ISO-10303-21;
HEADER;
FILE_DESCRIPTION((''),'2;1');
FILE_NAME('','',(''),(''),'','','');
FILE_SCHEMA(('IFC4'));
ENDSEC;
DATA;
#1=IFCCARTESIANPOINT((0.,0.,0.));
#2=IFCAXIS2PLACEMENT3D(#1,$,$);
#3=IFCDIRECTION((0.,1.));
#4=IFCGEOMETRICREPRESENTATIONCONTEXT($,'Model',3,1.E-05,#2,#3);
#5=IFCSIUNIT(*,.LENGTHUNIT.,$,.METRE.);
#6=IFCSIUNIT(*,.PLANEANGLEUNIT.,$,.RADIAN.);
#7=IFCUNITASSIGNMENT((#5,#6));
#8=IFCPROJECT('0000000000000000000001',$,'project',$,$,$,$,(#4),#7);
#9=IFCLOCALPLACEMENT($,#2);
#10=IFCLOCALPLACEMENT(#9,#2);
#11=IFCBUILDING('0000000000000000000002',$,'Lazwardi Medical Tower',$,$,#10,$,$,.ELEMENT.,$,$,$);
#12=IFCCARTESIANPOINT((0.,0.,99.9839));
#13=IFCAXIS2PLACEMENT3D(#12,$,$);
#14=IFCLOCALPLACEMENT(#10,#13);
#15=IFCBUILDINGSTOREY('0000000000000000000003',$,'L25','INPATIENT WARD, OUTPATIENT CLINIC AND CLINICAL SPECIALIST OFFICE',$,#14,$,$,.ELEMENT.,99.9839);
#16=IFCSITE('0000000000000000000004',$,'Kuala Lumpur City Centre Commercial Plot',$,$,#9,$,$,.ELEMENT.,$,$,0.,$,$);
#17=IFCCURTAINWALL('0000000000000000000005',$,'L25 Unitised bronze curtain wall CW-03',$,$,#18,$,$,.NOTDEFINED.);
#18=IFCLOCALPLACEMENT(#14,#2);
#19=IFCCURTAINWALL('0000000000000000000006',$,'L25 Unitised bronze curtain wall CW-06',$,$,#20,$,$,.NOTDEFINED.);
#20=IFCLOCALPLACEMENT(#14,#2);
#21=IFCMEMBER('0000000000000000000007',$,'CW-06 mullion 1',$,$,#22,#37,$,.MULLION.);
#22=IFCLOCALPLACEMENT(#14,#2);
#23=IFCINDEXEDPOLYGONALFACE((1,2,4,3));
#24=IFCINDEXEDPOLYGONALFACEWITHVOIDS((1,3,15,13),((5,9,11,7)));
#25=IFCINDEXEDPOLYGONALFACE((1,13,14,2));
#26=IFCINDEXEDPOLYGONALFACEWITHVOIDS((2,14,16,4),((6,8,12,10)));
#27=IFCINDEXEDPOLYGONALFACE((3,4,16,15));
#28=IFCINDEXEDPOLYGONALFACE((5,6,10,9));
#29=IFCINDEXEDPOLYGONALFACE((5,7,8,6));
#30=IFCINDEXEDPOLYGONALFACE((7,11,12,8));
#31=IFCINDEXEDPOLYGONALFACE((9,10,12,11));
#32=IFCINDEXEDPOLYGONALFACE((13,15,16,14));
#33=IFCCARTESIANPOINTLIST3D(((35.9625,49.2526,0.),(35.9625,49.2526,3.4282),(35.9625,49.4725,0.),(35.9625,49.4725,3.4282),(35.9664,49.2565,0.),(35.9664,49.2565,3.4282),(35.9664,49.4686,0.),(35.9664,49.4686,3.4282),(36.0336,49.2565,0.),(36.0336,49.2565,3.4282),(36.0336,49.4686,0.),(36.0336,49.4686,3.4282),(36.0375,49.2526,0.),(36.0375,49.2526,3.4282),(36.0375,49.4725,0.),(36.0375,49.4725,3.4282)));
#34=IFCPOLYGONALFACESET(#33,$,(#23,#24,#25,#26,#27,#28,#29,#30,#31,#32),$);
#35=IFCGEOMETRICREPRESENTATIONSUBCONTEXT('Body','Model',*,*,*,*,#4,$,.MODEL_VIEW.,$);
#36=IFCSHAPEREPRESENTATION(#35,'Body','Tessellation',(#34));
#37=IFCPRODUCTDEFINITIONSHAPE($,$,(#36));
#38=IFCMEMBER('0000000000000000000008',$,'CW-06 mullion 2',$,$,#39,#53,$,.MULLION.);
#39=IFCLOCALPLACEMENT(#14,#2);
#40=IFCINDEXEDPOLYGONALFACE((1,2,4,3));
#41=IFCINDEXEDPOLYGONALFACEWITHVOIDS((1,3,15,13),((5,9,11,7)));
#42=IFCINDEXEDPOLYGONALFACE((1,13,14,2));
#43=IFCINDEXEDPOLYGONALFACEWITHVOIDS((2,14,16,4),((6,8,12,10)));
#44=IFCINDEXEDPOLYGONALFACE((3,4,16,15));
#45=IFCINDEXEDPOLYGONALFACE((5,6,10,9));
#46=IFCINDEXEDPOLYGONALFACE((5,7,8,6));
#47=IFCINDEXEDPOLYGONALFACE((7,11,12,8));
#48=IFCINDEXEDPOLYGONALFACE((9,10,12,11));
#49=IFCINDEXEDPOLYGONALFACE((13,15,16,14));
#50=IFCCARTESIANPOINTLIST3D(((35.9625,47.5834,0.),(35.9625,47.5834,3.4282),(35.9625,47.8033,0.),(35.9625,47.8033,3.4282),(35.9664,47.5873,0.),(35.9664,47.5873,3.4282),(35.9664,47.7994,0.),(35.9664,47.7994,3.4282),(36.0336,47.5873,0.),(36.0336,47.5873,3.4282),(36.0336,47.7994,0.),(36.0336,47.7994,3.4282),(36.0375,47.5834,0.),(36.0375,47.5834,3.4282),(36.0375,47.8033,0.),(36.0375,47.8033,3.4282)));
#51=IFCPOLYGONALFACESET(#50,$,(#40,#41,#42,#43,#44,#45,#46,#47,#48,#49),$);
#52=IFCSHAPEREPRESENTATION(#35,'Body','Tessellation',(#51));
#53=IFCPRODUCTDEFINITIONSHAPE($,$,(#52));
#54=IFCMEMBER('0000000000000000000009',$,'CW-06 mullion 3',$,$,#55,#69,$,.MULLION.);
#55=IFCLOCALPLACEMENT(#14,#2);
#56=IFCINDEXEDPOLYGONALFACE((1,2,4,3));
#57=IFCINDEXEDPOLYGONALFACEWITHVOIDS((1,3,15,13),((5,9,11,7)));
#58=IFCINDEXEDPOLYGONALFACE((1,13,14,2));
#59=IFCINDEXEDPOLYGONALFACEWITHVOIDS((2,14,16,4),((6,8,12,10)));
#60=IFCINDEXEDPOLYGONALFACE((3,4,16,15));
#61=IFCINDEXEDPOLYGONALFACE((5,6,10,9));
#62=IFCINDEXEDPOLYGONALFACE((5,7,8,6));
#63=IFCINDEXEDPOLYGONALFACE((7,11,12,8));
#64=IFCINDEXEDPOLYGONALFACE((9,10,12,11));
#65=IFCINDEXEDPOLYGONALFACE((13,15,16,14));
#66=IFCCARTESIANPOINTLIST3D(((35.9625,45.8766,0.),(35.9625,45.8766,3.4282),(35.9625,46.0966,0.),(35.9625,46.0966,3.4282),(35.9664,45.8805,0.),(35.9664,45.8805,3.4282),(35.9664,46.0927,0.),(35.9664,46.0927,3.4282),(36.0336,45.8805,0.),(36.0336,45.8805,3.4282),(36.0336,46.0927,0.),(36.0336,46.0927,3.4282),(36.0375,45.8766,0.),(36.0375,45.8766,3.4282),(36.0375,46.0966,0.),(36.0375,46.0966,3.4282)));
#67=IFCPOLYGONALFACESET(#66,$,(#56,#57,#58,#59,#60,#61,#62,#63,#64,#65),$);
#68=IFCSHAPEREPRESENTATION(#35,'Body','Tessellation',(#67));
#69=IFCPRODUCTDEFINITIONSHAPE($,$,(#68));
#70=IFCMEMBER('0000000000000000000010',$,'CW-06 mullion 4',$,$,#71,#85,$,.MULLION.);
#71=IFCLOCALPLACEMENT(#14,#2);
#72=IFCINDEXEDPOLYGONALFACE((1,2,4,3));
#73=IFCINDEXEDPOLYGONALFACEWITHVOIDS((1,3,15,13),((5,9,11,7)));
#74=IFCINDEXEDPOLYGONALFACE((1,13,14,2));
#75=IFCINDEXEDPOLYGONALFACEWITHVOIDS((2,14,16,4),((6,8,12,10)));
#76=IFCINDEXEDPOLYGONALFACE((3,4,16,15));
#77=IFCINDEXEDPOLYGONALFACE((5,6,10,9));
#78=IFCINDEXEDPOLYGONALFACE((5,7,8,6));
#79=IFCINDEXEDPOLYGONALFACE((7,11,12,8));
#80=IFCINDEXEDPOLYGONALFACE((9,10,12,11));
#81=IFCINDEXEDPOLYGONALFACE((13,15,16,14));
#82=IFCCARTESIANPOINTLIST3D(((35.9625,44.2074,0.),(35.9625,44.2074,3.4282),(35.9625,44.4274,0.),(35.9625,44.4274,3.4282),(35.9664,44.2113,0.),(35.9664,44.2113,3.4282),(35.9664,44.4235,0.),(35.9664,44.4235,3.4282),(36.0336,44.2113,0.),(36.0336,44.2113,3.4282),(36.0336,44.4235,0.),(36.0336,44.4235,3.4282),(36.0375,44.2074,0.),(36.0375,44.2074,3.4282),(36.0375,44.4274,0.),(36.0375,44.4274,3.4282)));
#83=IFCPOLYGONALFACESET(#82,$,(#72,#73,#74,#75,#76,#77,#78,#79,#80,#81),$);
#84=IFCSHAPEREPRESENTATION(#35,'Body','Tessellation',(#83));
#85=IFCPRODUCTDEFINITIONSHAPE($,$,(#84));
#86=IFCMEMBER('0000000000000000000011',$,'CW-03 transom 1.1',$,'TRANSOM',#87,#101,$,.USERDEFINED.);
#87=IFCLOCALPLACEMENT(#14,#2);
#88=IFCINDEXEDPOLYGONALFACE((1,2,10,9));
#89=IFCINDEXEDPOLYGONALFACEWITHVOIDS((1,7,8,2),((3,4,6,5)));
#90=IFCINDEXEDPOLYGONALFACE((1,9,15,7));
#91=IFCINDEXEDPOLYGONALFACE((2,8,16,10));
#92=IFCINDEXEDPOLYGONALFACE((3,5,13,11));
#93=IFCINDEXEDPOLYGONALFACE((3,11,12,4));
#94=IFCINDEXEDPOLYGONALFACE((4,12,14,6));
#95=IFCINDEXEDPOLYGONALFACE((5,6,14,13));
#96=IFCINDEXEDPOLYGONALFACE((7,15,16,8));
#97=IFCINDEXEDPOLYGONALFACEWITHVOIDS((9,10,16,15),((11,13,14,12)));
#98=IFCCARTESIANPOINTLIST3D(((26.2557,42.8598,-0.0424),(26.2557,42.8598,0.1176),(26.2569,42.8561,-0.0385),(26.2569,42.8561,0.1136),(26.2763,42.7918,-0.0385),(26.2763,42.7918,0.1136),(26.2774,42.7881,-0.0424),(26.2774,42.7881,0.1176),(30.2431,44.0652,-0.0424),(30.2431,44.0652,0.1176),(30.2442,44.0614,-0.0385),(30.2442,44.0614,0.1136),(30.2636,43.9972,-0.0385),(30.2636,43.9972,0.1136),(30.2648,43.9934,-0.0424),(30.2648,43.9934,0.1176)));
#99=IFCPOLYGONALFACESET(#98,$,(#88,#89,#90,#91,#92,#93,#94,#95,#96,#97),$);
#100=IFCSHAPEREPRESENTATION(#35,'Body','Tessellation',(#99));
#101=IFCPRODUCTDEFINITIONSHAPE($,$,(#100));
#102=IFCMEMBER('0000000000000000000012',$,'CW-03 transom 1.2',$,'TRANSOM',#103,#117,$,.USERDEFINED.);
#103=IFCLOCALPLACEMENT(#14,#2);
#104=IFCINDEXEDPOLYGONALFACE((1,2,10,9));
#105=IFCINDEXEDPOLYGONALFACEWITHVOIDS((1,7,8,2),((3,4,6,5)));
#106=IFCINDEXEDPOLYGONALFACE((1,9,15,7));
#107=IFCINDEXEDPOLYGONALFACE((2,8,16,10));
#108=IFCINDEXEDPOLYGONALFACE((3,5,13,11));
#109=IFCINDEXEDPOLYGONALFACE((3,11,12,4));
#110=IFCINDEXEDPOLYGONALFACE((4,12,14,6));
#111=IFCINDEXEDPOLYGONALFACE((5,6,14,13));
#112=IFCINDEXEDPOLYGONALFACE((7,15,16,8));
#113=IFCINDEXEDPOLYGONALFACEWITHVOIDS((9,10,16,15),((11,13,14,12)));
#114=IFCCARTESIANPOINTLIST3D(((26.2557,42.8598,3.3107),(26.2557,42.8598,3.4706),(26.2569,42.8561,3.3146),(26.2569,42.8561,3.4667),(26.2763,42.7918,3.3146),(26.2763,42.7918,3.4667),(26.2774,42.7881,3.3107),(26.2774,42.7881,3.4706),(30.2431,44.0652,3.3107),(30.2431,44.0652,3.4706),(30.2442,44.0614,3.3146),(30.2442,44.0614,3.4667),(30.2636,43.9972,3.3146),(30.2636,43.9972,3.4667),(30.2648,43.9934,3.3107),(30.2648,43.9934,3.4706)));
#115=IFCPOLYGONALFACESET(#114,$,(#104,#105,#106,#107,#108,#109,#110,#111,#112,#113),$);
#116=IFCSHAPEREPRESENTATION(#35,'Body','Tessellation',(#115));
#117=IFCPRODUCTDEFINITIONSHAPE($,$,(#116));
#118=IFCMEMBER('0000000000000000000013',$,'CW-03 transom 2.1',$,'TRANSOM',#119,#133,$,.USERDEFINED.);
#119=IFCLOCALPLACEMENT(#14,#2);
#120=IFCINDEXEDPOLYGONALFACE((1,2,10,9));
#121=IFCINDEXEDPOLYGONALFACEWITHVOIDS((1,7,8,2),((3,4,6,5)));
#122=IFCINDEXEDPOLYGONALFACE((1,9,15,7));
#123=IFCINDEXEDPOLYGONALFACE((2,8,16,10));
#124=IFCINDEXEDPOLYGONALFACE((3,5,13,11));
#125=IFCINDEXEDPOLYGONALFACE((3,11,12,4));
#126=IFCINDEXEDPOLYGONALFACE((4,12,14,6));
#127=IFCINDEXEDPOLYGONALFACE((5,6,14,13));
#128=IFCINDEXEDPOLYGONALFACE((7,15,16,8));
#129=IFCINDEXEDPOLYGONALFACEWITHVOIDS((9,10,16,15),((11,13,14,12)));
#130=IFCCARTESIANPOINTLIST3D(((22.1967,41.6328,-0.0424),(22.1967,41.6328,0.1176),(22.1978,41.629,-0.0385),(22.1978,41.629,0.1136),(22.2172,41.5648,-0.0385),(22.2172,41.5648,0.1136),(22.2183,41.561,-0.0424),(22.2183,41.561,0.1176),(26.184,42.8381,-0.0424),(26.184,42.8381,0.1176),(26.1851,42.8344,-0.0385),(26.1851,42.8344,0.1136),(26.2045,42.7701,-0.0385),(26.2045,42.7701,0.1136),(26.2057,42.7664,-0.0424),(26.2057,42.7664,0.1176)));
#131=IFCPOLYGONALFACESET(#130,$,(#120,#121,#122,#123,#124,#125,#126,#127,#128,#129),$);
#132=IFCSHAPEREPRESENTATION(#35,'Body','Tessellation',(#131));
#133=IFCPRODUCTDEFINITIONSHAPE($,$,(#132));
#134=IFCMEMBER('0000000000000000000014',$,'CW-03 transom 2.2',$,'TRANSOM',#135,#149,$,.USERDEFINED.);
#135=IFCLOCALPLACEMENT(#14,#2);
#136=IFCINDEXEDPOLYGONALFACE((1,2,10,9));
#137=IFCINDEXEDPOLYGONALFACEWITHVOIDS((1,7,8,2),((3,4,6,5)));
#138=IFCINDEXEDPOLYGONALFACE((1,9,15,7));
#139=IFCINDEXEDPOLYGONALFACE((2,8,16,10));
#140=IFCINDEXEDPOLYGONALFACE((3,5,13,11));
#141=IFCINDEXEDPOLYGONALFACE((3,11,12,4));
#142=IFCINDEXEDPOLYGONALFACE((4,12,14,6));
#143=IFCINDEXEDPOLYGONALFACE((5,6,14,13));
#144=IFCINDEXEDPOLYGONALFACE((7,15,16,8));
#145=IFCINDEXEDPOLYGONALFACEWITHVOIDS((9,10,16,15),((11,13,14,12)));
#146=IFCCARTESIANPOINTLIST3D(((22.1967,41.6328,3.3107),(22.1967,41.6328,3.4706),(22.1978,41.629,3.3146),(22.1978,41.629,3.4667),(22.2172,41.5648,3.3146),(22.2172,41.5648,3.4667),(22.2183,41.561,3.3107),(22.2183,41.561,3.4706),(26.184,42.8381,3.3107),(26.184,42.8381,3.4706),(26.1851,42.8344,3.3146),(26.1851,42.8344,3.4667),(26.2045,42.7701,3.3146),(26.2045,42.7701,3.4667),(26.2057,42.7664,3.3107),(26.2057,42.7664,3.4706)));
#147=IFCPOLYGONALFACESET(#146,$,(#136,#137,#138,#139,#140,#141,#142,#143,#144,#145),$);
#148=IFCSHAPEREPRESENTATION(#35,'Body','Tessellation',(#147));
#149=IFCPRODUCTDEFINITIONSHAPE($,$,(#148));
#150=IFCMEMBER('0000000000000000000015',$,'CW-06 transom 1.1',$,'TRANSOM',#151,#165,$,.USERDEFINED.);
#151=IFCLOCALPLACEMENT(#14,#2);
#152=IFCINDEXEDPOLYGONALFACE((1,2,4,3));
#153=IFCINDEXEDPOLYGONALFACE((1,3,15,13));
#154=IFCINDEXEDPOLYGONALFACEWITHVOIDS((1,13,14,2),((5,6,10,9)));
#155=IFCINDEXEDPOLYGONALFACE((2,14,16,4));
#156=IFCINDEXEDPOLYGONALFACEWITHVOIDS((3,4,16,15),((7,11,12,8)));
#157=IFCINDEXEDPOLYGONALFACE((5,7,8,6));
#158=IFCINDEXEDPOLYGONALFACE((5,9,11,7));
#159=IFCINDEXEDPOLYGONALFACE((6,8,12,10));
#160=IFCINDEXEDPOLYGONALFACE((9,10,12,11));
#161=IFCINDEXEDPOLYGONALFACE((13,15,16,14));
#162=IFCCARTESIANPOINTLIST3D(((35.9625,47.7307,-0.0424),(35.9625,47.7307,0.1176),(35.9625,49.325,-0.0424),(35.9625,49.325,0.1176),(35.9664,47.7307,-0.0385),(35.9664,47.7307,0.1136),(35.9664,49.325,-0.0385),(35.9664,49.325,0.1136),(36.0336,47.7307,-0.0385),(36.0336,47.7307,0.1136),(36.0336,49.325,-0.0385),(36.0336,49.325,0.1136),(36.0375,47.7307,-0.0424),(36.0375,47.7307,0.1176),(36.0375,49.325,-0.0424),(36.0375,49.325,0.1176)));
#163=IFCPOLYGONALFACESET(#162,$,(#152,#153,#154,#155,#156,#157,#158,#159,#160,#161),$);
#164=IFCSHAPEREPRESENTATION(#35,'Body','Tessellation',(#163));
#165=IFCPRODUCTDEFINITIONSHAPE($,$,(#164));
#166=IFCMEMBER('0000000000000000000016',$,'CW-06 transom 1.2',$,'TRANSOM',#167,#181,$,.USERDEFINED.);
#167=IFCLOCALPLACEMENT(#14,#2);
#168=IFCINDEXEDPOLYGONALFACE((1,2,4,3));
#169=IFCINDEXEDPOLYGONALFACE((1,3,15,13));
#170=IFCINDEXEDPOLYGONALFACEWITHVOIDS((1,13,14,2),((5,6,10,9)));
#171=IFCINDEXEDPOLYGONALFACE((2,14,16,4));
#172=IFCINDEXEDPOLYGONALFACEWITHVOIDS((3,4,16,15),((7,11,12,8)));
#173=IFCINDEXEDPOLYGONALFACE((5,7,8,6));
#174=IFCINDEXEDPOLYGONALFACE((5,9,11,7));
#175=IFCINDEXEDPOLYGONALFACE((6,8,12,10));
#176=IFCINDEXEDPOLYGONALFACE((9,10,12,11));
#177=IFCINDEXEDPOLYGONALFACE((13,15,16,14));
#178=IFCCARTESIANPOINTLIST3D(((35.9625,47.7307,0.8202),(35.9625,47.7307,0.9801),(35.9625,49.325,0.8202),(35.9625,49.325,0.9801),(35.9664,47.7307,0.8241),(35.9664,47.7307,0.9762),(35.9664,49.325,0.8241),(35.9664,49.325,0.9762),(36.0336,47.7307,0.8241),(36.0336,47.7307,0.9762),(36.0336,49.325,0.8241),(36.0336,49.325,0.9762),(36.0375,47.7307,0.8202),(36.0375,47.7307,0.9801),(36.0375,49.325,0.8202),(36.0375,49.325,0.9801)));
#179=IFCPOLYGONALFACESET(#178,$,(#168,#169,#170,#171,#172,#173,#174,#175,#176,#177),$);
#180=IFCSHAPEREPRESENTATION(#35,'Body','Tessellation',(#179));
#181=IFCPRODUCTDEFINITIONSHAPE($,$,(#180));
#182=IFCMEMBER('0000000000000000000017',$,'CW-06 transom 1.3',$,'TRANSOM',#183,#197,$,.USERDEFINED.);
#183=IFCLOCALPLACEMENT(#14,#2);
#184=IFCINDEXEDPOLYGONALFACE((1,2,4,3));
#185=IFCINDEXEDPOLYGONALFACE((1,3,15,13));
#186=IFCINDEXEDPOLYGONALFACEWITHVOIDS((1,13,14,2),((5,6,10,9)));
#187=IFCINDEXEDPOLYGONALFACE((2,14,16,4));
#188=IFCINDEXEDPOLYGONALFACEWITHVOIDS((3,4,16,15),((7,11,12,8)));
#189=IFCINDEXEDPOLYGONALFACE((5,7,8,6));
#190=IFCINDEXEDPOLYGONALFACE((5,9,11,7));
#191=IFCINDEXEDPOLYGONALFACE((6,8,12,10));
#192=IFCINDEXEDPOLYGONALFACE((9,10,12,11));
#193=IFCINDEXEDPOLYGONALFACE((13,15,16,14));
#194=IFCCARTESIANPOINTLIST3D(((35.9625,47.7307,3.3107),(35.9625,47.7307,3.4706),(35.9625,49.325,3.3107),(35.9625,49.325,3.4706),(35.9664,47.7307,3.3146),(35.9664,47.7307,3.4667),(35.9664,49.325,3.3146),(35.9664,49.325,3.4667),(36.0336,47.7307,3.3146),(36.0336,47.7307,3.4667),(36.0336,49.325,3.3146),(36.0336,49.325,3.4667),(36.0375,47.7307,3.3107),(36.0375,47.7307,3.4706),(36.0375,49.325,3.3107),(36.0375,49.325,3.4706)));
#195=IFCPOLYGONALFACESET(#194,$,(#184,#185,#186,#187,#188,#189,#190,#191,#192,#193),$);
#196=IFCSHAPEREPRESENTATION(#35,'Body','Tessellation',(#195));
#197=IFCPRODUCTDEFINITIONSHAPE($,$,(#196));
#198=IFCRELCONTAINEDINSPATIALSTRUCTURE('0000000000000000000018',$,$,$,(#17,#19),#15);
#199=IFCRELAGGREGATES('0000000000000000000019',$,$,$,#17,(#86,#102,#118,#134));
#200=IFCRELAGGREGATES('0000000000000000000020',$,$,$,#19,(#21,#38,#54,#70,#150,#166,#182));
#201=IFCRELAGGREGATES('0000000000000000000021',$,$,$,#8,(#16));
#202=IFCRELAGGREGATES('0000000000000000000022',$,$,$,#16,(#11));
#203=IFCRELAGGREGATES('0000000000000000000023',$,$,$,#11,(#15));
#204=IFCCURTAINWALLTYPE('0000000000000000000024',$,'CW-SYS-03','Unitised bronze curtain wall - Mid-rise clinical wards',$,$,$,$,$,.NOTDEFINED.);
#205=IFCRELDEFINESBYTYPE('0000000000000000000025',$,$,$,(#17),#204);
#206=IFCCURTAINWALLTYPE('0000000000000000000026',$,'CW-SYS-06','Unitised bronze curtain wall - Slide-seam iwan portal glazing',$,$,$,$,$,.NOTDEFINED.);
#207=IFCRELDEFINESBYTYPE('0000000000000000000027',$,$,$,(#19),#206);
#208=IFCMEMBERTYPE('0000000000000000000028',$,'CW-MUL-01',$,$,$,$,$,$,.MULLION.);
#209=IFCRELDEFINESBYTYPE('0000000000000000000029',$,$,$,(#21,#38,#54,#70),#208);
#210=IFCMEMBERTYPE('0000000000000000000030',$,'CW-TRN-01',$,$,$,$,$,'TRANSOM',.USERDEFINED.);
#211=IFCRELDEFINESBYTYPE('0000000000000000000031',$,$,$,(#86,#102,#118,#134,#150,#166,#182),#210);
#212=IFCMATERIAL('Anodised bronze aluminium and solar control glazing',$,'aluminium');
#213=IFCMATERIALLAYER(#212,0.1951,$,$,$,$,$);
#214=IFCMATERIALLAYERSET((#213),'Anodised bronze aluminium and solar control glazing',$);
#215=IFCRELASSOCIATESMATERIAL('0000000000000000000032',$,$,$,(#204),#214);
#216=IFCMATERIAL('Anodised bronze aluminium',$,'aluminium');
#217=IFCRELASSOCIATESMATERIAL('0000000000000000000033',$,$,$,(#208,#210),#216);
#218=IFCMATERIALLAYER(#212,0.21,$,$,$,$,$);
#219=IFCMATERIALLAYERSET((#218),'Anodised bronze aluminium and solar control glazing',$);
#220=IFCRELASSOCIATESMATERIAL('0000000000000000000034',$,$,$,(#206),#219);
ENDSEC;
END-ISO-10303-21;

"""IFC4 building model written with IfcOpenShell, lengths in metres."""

from ifc_helpers import new_model, si_unit, direction, frame, origin, origin_2d, place, context, subcontext, project, spatial, hollow_rectangle, extrude, material, layer, layer_set, material_profile, profile_set, type_object, element, aggregate, save


model = new_model("IFC4")

# Units and contexts
model_context = context("Model", 3, precision=1e-05, world=origin(), true_north=direction((0.0, 1.0)))
body_context = subcontext(model_context, "Body", "Model", "MODEL_VIEW")
ifc_project = project(units=[si_unit("LENGTHUNIT", "METRE"), si_unit("PLANEANGLEUNIT", "RADIAN")], contexts=[model_context])

# Site, building, storey
site_placement = place(None, origin())
site = spatial("IfcSite", under=ifc_project, at=site_placement, Name="Kuala Lumpur City Centre Commercial Plot", CompositionType="ELEMENT", RefElevation=0.0)
building_placement = place(site_placement, origin())
building = spatial("IfcBuilding", under=site, at=building_placement, Name="Lazwardi Medical Tower", CompositionType="ELEMENT")
storey_placement = place(building_placement, frame((0.0, 0.0, 99.9839)))
storey = spatial("IfcBuildingStorey", under=building, at=storey_placement, Name="L25", Description="INPATIENT WARD, OUTPATIENT CLINIC AND CLINICAL SPECIALIST OFFICE", CompositionType="ELEMENT", Elevation=99.9839)

# Curtain walls, members
ifc_material_1 = material(Name="Anodised bronze aluminium and solar control glazing", Category="aluminium")
ifc_layer_1 = layer(ifc_material_1, 0.1951)
ifc_layer_set_1 = layer_set([ifc_layer_1], Name="Anodised bronze aluminium and solar control glazing")
curtain_wall_type_1 = type_object("IfcCurtainWallType", Name="CW-SYS-03", Description="Unitised bronze curtain wall - Mid-rise clinical wards", PredefinedType="NOTDEFINED", material=ifc_layer_set_1)
curtain_wall_1_placement = place(storey_placement, origin())
curtain_wall_1 = element("IfcCurtainWall", 1, at=curtain_wall_1_placement, inside=storey, type_object=curtain_wall_type_1, Name="L25 Unitised bronze curtain wall CW-03", PredefinedType="NOTDEFINED")
ifc_material_2 = material(Name="Anodised bronze aluminium", Category="aluminium")
ifc_material_profile_1 = material_profile(ifc_material_2, hollow_rectangle(XDim=0.075, YDim=0.22, WallThickness=0.0039, at=origin_2d()), Name="ALU-MULLION 220x75x4")
ifc_profile_set_1 = profile_set([ifc_material_profile_1], Name="Anodised bronze aluminium")
member_type_1 = type_object("IfcMemberType", Name="CW-MUL-01", PredefinedType="MULLION", material=ifc_profile_set_1)
ifc_layer_2 = layer(ifc_material_1, 0.21)
ifc_layer_set_2 = layer_set([ifc_layer_2], Name="Anodised bronze aluminium and solar control glazing")
curtain_wall_type_2 = type_object("IfcCurtainWallType", Name="CW-SYS-06", Description="Unitised bronze curtain wall - Slide-seam iwan portal glazing", PredefinedType="NOTDEFINED", material=ifc_layer_set_2)
curtain_wall_2_placement = place(storey_placement, origin())
curtain_wall_2 = element("IfcCurtainWall", 2, at=curtain_wall_2_placement, inside=storey, type_object=curtain_wall_type_2, Name="L25 Unitised bronze curtain wall CW-06", PredefinedType="NOTDEFINED")
member_1_placement = place(storey_placement, frame((36.0, 49.3625, 0.0), z_axis=(0.0, 0.0, 1.0), x_axis=(1.0, 0.0, 0.0)))
member_1 = element("IfcMember", 3, at=member_1_placement, type_object=member_type_1, Name="CW-06 mullion 1", PredefinedType="MULLION", context=body_context, shape_type="SweptSolid", body=[
    extrude(hollow_rectangle(XDim=0.075, YDim=0.22, WallThickness=0.0039, at=origin_2d()), origin(), (0.0, 0.0, 1.0), 3.4282),
])
member_2_placement = place(storey_placement, frame((36.0, 47.6934, 0.0), z_axis=(0.0, 0.0, 1.0), x_axis=(1.0, 0.0, 0.0)))
member_2 = element("IfcMember", 4, at=member_2_placement, type_object=member_type_1, Name="CW-06 mullion 2", PredefinedType="MULLION", context=body_context, shape_type="SweptSolid", body=[
    extrude(hollow_rectangle(XDim=0.075, YDim=0.22, WallThickness=0.0039, at=origin_2d()), origin(), (0.0, 0.0, 1.0), 3.4282),
])
member_3_placement = place(storey_placement, frame((36.0, 45.9866, 0.0), z_axis=(0.0, 0.0, 1.0), x_axis=(1.0, 0.0, 0.0)))
member_3 = element("IfcMember", 5, at=member_3_placement, type_object=member_type_1, Name="CW-06 mullion 3", PredefinedType="MULLION", context=body_context, shape_type="SweptSolid", body=[
    extrude(hollow_rectangle(XDim=0.075, YDim=0.22, WallThickness=0.0039, at=origin_2d()), origin(), (0.0, 0.0, 1.0), 3.4282),
])
member_4_placement = place(storey_placement, frame((36.0, 44.3174, 0.0), z_axis=(0.0, 0.0, 1.0), x_axis=(1.0, 0.0, 0.0)))
member_4 = element("IfcMember", 6, at=member_4_placement, type_object=member_type_1, Name="CW-06 mullion 4", PredefinedType="MULLION", context=body_context, shape_type="SweptSolid", body=[
    extrude(hollow_rectangle(XDim=0.075, YDim=0.22, WallThickness=0.0039, at=origin_2d()), origin(), (0.0, 0.0, 1.0), 3.4282),
])

# Members
ifc_material_profile_2 = material_profile(ifc_material_2, hollow_rectangle(XDim=0.075, YDim=0.1599, WallThickness=0.0039, at=origin_2d()), Name="ALU-TRANSOM 160x75x4")
ifc_profile_set_2 = profile_set([ifc_material_profile_2], Name="Anodised bronze aluminium")
member_type_2 = type_object("IfcMemberType", Name="CW-TRN-01", ElementType="TRANSOM", PredefinedType="USERDEFINED", material=ifc_profile_set_2)
member_5_placement = place(storey_placement, frame((30.2539, 44.0293, 0.0376), z_axis=(-0.957221, -0.289358, 0.0), x_axis=(0.289358, -0.957221, 0.0)))
member_5 = element("IfcMember", 7, at=member_5_placement, type_object=member_type_2, Name="CW-03 transom 1.1", ObjectType="TRANSOM", PredefinedType="USERDEFINED", context=body_context, shape_type="SweptSolid", body=[
    extrude(hollow_rectangle(XDim=0.075, YDim=0.1599, WallThickness=0.0039, at=origin_2d()), origin(), (0.0, 0.0, 1.0), 4.1655),
])
member_6_placement = place(storey_placement, frame((30.2539, 44.0293, 3.3906), z_axis=(-0.957221, -0.289358, 0.0), x_axis=(0.289358, -0.957221, 0.0)))
member_6 = element("IfcMember", 8, at=member_6_placement, type_object=member_type_2, Name="CW-03 transom 1.2", ObjectType="TRANSOM", PredefinedType="USERDEFINED", context=body_context, shape_type="SweptSolid", body=[
    extrude(hollow_rectangle(XDim=0.075, YDim=0.1599, WallThickness=0.0039, at=origin_2d()), origin(), (0.0, 0.0, 1.0), 4.1655),
])
member_7_placement = place(storey_placement, frame((26.1948, 42.8022, 0.0376), z_axis=(-0.957221, -0.289358, 0.0), x_axis=(0.289358, -0.957221, 0.0)))
member_7 = element("IfcMember", 9, at=member_7_placement, type_object=member_type_2, Name="CW-03 transom 2.1", ObjectType="TRANSOM", PredefinedType="USERDEFINED", context=body_context, shape_type="SweptSolid", body=[
    extrude(hollow_rectangle(XDim=0.075, YDim=0.1599, WallThickness=0.0039, at=origin_2d()), origin(), (0.0, 0.0, 1.0), 4.1655),
])
member_8_placement = place(storey_placement, frame((26.1948, 42.8022, 3.3906), z_axis=(-0.957221, -0.289358, 0.0), x_axis=(0.289358, -0.957221, 0.0)))
member_8 = element("IfcMember", 10, at=member_8_placement, type_object=member_type_2, Name="CW-03 transom 2.2", ObjectType="TRANSOM", PredefinedType="USERDEFINED", context=body_context, shape_type="SweptSolid", body=[
    extrude(hollow_rectangle(XDim=0.075, YDim=0.1599, WallThickness=0.0039, at=origin_2d()), origin(), (0.0, 0.0, 1.0), 4.1655),
])
member_9_placement = place(storey_placement, frame((36.0, 49.325, 0.0376), z_axis=(0.0, -1.0, 0.0), x_axis=(1.0, 0.0, 0.0)))
member_9 = element("IfcMember", 11, at=member_9_placement, type_object=member_type_2, Name="CW-06 transom 1.1", ObjectType="TRANSOM", PredefinedType="USERDEFINED", context=body_context, shape_type="SweptSolid", body=[
    extrude(hollow_rectangle(XDim=0.075, YDim=0.1599, WallThickness=0.0039, at=origin_2d()), origin(), (0.0, 0.0, 1.0), 1.5942),
])
member_10_placement = place(storey_placement, frame((36.0, 49.325, 0.9001), z_axis=(0.0, -1.0, 0.0), x_axis=(1.0, 0.0, 0.0)))
member_10 = element("IfcMember", 12, at=member_10_placement, type_object=member_type_2, Name="CW-06 transom 1.2", ObjectType="TRANSOM", PredefinedType="USERDEFINED", context=body_context, shape_type="SweptSolid", body=[
    extrude(hollow_rectangle(XDim=0.075, YDim=0.1599, WallThickness=0.0039, at=origin_2d()), origin(), (0.0, 0.0, 1.0), 1.5942),
])
member_11_placement = place(storey_placement, frame((36.0, 49.325, 3.3906), z_axis=(0.0, -1.0, 0.0), x_axis=(1.0, 0.0, 0.0)))
member_11 = element("IfcMember", 13, at=member_11_placement, type_object=member_type_2, Name="CW-06 transom 1.3", ObjectType="TRANSOM", PredefinedType="USERDEFINED", context=body_context, shape_type="SweptSolid", body=[
    extrude(hollow_rectangle(XDim=0.075, YDim=0.1599, WallThickness=0.0039, at=origin_2d()), origin(), (0.0, 0.0, 1.0), 1.5942),
])

aggregate(curtain_wall_1, [member_5, member_6, member_7, member_8])
aggregate(curtain_wall_2, [member_1, member_2, member_3, member_4, member_9, member_10, member_11])

save(model, "model.ifc")
